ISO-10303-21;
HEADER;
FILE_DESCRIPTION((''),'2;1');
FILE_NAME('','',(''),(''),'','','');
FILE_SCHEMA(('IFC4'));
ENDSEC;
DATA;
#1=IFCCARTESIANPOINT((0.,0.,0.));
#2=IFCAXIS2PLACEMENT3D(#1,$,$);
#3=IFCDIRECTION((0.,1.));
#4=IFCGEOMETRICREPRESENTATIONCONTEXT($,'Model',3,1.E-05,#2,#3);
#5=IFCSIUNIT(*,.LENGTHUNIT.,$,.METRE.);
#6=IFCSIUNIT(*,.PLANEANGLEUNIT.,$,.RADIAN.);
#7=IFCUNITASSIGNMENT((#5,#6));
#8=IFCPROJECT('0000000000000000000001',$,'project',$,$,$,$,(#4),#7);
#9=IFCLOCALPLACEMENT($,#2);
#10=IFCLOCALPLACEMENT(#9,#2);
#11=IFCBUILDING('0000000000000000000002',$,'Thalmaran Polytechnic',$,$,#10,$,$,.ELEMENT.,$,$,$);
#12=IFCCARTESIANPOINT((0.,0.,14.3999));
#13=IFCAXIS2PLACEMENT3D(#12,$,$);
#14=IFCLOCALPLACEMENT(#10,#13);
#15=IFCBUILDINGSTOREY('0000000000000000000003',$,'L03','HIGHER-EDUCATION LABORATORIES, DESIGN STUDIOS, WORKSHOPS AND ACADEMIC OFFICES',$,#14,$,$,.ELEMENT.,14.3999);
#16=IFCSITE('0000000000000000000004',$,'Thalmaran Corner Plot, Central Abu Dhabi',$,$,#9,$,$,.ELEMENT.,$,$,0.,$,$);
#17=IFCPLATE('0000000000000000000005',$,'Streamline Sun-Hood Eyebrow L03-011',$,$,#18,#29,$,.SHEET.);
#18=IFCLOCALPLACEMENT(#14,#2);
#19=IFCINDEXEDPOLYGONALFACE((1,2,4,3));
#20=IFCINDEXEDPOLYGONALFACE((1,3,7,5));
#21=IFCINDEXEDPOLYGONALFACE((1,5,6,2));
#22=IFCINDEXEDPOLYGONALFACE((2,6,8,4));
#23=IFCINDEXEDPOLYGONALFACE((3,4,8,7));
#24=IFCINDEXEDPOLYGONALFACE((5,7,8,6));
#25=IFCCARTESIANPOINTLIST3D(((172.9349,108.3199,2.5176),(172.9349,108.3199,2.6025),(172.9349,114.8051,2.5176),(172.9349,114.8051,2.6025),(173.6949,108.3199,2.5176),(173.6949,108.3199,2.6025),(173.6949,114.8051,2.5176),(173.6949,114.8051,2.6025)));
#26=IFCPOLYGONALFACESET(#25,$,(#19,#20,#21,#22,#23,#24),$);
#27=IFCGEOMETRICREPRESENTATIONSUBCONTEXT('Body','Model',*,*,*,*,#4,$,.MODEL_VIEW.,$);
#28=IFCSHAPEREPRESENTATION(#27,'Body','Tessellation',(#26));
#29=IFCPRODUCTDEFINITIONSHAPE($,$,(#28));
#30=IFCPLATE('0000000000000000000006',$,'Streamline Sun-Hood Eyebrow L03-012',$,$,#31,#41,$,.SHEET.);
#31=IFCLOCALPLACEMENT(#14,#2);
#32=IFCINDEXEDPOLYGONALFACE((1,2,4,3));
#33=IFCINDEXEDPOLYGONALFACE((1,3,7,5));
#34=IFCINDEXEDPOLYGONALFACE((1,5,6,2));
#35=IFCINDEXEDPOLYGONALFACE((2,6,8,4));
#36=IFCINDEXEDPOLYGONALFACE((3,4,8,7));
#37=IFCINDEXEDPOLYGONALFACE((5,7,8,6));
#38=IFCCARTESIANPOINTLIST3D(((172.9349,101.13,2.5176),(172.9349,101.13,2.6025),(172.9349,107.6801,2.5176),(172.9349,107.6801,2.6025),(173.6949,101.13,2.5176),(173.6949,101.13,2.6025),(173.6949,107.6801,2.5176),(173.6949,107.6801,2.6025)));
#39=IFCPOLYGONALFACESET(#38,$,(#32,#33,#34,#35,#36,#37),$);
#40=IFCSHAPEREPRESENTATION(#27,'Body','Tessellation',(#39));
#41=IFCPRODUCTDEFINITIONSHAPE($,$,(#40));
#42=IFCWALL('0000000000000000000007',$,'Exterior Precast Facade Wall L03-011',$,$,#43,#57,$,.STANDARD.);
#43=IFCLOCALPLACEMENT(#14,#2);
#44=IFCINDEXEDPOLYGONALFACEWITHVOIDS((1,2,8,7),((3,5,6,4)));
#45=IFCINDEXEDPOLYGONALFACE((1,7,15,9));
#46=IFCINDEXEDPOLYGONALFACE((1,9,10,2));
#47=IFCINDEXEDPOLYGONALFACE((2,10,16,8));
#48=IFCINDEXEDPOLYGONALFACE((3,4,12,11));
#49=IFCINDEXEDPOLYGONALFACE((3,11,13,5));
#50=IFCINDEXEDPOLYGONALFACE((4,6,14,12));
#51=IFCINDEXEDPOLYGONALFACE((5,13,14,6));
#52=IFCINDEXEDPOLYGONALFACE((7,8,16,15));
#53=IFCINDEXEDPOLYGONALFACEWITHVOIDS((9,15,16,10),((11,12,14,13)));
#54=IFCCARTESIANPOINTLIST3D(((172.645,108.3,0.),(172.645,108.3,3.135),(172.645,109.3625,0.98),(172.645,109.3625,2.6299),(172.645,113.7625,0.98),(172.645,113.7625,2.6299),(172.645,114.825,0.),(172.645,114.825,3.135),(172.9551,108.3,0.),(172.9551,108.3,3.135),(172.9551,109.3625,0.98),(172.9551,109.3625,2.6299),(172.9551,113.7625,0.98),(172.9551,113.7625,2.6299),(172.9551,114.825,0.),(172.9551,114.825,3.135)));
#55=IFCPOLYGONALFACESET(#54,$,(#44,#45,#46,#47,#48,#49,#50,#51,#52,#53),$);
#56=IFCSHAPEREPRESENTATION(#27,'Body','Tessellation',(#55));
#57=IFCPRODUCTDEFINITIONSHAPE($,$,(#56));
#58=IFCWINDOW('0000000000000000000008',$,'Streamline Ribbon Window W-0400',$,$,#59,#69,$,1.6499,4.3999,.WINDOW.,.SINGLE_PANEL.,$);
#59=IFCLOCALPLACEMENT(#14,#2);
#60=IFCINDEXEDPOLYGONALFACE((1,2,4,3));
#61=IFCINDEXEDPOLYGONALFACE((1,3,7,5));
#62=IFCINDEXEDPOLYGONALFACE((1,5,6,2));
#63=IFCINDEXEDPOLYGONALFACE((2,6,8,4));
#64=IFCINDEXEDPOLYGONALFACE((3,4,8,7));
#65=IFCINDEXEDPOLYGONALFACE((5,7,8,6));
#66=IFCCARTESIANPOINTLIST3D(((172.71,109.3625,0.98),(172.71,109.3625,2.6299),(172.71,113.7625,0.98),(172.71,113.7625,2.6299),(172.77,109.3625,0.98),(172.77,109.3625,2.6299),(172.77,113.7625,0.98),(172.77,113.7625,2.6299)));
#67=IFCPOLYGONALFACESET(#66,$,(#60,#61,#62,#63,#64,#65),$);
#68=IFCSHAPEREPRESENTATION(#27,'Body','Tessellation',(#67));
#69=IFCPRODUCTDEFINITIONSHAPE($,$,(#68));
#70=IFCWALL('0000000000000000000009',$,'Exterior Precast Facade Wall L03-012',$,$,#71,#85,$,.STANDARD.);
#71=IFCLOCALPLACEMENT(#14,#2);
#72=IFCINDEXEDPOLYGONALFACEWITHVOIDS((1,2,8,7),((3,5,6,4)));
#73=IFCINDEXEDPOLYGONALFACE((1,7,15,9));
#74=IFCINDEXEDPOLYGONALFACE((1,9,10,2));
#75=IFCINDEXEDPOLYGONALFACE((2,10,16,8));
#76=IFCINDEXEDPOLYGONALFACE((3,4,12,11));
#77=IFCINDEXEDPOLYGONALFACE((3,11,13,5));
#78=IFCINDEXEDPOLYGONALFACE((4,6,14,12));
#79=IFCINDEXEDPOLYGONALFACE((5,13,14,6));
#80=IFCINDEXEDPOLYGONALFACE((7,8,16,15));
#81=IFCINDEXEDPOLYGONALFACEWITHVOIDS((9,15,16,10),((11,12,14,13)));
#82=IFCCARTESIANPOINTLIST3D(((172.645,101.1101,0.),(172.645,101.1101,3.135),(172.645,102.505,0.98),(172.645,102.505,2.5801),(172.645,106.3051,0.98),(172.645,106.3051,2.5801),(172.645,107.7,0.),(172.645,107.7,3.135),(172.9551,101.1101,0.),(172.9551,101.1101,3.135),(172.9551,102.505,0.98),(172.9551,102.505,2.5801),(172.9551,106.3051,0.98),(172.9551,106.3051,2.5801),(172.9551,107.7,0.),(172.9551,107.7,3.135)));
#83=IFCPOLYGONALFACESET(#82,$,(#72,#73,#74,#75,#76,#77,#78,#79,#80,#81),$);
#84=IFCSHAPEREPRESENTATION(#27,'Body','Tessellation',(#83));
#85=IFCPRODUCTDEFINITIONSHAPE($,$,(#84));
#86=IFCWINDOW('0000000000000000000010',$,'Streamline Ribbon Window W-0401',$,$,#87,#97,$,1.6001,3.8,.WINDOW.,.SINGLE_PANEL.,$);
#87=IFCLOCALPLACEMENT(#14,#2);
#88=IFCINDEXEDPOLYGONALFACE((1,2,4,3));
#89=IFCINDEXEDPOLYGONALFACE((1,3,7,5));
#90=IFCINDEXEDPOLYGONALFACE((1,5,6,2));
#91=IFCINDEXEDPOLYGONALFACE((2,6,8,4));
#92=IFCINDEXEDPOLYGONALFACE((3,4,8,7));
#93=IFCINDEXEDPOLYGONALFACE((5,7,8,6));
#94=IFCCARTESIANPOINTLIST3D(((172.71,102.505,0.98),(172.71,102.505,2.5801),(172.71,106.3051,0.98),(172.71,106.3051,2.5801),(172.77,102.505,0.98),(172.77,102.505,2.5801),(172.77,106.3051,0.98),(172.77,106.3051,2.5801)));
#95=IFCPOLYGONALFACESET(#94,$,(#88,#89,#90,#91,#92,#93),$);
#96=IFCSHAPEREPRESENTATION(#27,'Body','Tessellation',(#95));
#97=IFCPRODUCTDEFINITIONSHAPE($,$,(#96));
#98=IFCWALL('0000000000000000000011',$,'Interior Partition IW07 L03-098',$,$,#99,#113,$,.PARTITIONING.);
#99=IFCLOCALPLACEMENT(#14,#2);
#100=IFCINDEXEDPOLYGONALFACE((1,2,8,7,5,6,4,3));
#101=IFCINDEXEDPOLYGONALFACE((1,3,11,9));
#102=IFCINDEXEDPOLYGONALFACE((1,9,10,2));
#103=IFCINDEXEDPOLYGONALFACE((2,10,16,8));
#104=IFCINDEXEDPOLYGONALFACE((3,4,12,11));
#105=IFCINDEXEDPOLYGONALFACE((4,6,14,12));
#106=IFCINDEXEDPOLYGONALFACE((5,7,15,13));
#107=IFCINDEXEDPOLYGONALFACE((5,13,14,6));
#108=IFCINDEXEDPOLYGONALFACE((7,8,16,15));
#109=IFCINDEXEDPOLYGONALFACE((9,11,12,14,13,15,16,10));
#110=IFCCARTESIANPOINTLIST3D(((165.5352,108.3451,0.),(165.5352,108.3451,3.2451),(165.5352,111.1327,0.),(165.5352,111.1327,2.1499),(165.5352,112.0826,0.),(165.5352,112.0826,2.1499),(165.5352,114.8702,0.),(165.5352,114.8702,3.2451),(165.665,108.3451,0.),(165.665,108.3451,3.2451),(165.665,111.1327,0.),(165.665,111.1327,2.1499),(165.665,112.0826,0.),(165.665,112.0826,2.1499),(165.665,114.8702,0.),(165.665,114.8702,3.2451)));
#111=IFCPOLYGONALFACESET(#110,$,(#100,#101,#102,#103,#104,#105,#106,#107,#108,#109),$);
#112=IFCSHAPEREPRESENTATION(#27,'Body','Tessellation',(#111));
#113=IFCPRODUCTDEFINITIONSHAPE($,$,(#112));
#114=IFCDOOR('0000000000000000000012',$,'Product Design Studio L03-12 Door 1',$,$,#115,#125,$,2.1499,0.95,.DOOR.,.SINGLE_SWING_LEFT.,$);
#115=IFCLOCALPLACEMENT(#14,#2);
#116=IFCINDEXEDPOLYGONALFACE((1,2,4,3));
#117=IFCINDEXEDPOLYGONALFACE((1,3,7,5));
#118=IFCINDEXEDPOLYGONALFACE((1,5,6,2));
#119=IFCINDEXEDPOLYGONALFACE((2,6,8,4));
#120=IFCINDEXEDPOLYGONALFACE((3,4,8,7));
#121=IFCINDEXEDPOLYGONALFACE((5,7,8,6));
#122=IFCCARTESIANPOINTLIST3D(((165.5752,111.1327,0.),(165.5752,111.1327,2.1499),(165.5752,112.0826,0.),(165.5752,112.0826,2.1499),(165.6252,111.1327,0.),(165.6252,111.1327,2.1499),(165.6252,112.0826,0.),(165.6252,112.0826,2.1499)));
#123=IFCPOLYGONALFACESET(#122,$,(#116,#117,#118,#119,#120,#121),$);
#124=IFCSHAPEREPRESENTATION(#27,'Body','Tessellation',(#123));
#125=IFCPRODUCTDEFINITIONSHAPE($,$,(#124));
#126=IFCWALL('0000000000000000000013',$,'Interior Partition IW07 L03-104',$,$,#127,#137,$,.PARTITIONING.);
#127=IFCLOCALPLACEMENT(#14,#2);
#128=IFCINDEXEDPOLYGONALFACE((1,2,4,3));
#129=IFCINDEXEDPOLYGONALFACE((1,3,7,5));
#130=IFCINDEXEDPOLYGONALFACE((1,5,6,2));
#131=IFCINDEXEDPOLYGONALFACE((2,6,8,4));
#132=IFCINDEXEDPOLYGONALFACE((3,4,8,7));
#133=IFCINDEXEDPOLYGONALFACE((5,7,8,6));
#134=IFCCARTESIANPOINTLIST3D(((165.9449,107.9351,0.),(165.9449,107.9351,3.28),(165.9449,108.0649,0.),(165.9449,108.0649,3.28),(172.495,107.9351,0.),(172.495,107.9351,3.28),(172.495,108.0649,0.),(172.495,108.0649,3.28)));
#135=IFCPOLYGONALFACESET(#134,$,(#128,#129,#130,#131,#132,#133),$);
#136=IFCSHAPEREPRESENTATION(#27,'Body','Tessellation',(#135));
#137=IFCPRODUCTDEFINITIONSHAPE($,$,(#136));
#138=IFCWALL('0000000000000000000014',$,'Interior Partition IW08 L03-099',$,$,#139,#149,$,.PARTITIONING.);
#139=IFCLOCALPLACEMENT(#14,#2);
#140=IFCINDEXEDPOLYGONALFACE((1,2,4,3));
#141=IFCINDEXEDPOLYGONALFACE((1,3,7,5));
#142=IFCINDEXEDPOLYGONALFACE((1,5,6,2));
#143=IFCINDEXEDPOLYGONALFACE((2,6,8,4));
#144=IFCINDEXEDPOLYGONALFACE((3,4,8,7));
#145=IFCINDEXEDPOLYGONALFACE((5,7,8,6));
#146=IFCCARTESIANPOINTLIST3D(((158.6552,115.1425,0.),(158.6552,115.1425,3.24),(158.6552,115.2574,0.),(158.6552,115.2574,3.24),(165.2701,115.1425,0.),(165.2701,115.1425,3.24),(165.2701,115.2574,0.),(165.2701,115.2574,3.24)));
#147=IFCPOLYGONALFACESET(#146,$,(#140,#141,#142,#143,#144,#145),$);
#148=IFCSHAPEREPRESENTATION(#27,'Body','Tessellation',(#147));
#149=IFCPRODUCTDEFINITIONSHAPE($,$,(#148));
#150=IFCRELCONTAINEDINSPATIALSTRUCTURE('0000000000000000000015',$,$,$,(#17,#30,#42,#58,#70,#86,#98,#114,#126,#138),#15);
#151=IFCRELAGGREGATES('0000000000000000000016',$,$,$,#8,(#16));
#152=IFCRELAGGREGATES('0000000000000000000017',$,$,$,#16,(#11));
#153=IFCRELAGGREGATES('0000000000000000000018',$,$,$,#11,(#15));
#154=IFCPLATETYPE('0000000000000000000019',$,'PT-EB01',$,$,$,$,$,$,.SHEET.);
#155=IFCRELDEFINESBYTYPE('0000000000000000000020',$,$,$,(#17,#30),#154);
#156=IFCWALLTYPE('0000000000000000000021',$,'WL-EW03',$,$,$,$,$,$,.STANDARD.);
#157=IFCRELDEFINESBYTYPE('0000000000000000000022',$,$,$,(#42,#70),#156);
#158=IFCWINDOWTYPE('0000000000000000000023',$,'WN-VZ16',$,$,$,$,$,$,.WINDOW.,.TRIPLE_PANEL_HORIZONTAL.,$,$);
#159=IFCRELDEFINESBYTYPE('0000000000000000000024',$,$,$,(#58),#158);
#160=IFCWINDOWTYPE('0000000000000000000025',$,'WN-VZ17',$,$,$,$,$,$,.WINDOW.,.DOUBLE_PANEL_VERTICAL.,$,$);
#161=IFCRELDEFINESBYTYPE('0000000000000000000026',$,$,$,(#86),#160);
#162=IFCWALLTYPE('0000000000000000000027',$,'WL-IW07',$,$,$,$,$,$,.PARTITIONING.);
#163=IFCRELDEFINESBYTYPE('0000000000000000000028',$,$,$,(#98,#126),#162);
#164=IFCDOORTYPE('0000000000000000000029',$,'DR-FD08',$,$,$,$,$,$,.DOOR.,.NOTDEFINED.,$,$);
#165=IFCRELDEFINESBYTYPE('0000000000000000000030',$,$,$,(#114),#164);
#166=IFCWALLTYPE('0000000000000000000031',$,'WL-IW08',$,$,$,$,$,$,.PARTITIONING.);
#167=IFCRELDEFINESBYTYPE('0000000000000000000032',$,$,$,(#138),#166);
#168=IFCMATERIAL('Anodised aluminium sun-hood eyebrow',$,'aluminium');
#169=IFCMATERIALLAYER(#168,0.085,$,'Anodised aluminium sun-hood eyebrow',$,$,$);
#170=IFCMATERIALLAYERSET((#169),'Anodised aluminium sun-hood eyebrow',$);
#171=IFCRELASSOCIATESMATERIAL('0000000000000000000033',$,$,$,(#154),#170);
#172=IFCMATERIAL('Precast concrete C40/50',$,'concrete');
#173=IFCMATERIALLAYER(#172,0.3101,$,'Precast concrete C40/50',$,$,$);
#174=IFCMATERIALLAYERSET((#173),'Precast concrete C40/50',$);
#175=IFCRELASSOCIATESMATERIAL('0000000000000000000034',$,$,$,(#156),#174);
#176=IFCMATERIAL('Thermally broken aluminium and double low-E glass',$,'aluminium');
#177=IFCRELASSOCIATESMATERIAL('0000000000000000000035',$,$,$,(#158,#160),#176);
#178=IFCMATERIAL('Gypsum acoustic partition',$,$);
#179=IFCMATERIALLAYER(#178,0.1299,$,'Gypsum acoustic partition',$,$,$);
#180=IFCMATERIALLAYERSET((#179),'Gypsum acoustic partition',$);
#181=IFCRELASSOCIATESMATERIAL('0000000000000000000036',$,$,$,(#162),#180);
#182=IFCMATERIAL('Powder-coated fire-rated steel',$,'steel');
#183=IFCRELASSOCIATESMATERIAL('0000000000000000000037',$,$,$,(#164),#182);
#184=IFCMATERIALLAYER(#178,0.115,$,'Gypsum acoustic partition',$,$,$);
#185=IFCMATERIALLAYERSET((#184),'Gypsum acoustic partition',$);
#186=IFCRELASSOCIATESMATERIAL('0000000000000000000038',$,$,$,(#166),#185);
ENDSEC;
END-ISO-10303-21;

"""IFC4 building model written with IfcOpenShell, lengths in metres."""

from ifc_helpers import new_model, si_unit, direction, frame, frame_2d, origin, origin_2d, place, context, subcontext, project, spatial, rectangle, extrude, material, layer, layer_set, type_object, element, fill, save


model = new_model("IFC4")

# Units and contexts
model_context = context("Model", 3, precision=1e-05, world=origin(), true_north=direction((0.0, 1.0)))
body_context = subcontext(model_context, "Body", "Model", "MODEL_VIEW")
ifc_project = project(units=[si_unit("LENGTHUNIT", "METRE"), si_unit("PLANEANGLEUNIT", "RADIAN")], contexts=[model_context])

# Site, building, storey
site_placement = place(None, origin())
site = spatial("IfcSite", under=ifc_project, at=site_placement, Name="Thalmaran Corner Plot, Central Abu Dhabi", CompositionType="ELEMENT", RefElevation=0.0)
building_placement = place(site_placement, origin())
building = spatial("IfcBuilding", under=site, at=building_placement, Name="Thalmaran Polytechnic", CompositionType="ELEMENT")
storey_placement = place(building_placement, frame((0.0, 0.0, 14.3999)))
storey = spatial("IfcBuildingStorey", under=building, at=storey_placement, Name="L03", Description="HIGHER-EDUCATION LABORATORIES, DESIGN STUDIOS, WORKSHOPS AND ACADEMIC OFFICES", CompositionType="ELEMENT", Elevation=14.3999)

# Plates
ifc_material_1 = material(Name="Anodised aluminium sun-hood eyebrow", Category="aluminium")
ifc_layer_1 = layer(ifc_material_1, 0.085, Name="Anodised aluminium sun-hood eyebrow")
ifc_layer_set_1 = layer_set([ifc_layer_1], Name="Anodised aluminium sun-hood eyebrow")
plate_type_1 = type_object("IfcPlateType", Name="PT-EB01", PredefinedType="SHEET", material=ifc_layer_set_1)
plate_1_placement = place(storey_placement, frame((173.3149, 111.5625, 2.5176), z_axis=(0.0, 0.0, 1.0), x_axis=(0.0, -1.0, 0.0)))
element("IfcPlate", 1, at=plate_1_placement, inside=storey, type_object=plate_type_1, Name="Streamline Sun-Hood Eyebrow L03-011", PredefinedType="SHEET", context=body_context, shape_type="SweptSolid", body=[
    extrude(rectangle(XDim=6.4851, YDim=0.76, at=origin_2d()), origin(), (0.0, 0.0, 1.0), 0.085),
])
plate_2_placement = place(storey_placement, frame((173.3149, 104.405, 2.5176), z_axis=(0.0, 0.0, 1.0), x_axis=(0.0, -1.0, 0.0)))
element("IfcPlate", 2, at=plate_2_placement, inside=storey, type_object=plate_type_1, Name="Streamline Sun-Hood Eyebrow L03-012", PredefinedType="SHEET", context=body_context, shape_type="SweptSolid", body=[
    extrude(rectangle(XDim=6.55, YDim=0.76, at=origin_2d()), origin(), (0.0, 0.0, 1.0), 0.085),
])

# Walls, openings, windows
ifc_material_2 = material(Name="Precast concrete C40/50", Category="concrete")
ifc_layer_2 = layer(ifc_material_2, 0.3101, Name="Precast concrete C40/50")
ifc_layer_set_2 = layer_set([ifc_layer_2], Name="Precast concrete C40/50")
wall_type_1 = type_object("IfcWallType", Name="WL-EW03", PredefinedType="STANDARD", material=ifc_layer_set_2)
wall_1_placement = place(storey_placement, frame((172.8, 114.825, 0.0), z_axis=(0.0, 0.0, 1.0), x_axis=(0.0, -1.0, 0.0)))
wall_1 = element("IfcWall", 3, at=wall_1_placement, inside=storey, type_object=wall_type_1, Name="Exterior Precast Facade Wall L03-011", PredefinedType="STANDARD", context=body_context, shape_type="SweptSolid", body=[
    extrude(rectangle(XDim=6.5249, YDim=0.3101, at=frame_2d((3.2625, 0.0))), origin(), (0.0, 0.0, 1.0), 3.135),
])
opening_1_placement = place(wall_1_placement, frame((1.0625, 0.0, 0.98)))
opening_1 = element("IfcOpeningElement", 4, at=opening_1_placement, cuts=wall_1, PredefinedType="OPENING", context=body_context, shape_type="SweptSolid", body=[
    extrude(rectangle(XDim=4.3999, YDim=1.6499, at=frame_2d((2.2, 0.825))), frame((0.0, 0.165, 0.0), z_axis=(0.0, -1.0, 0.0), x_axis=(1.0, 0.0, 0.0)), (0.0, 0.0, 1.0), 0.3301),
])
ifc_material_3 = material(Name="Thermally broken aluminium and double low-E glass", Category="aluminium")
window_type_1 = type_object("IfcWindowType", Name="WN-VZ16", PartitioningType="TRIPLE_PANEL_HORIZONTAL", PredefinedType="WINDOW", material=ifc_material_3)
window_1_placement = place(opening_1_placement, origin())
window_1 = element("IfcWindow", 5, at=window_1_placement, inside=storey, type_object=window_type_1, Name="Streamline Ribbon Window W-0400", OverallHeight=1.6499, OverallWidth=4.3999, PartitioningType="SINGLE_PANEL", PredefinedType="WINDOW", context=body_context, shape_type="SweptSolid", body=[
    extrude(rectangle(XDim=4.3999, YDim=1.6499, at=frame_2d((2.2, 0.825))), frame((0.0, -0.03, 0.0), z_axis=(0.0, -1.0, 0.0), x_axis=(1.0, 0.0, 0.0)), (0.0, 0.0, 1.0), 0.0601),
])
fill(opening_1, window_1)
wall_2_placement = place(storey_placement, frame((172.8, 107.7, 0.0), z_axis=(0.0, 0.0, 1.0), x_axis=(0.0, -1.0, 0.0)))
wall_2 = element("IfcWall", 6, at=wall_2_placement, inside=storey, type_object=wall_type_1, Name="Exterior Precast Facade Wall L03-012", PredefinedType="STANDARD", context=body_context, shape_type="SweptSolid", body=[
    extrude(rectangle(XDim=6.5898, YDim=0.3101, at=frame_2d((3.2949, 0.0))), origin(), (0.0, 0.0, 1.0), 3.135),
])
opening_2_placement = place(wall_2_placement, frame((1.395, 0.0, 0.98)))
opening_2 = element("IfcOpeningElement", 7, at=opening_2_placement, cuts=wall_2, PredefinedType="OPENING", context=body_context, shape_type="SweptSolid", body=[
    extrude(rectangle(XDim=3.8, YDim=1.6001, at=frame_2d((1.8999, 0.8))), frame((0.0, 0.165, 0.0), z_axis=(0.0, -1.0, 0.0), x_axis=(1.0, 0.0, 0.0)), (0.0, 0.0, 1.0), 0.3301),
])
window_type_2 = type_object("IfcWindowType", Name="WN-VZ17", PartitioningType="DOUBLE_PANEL_VERTICAL", PredefinedType="WINDOW", material=ifc_material_3)
window_2_placement = place(opening_2_placement, origin())
window_2 = element("IfcWindow", 8, at=window_2_placement, inside=storey, type_object=window_type_2, Name="Streamline Ribbon Window W-0401", OverallHeight=1.6001, OverallWidth=3.8, PartitioningType="SINGLE_PANEL", PredefinedType="WINDOW", context=body_context, shape_type="SweptSolid", body=[
    extrude(rectangle(XDim=3.8, YDim=1.6001, at=frame_2d((1.8999, 0.8))), frame((0.0, -0.03, 0.0), z_axis=(0.0, -1.0, 0.0), x_axis=(1.0, 0.0, 0.0)), (0.0, 0.0, 1.0), 0.0601),
])
fill(opening_2, window_2)

# Wall, opening, door
ifc_material_4 = material(Name="Gypsum acoustic partition")
ifc_layer_3 = layer(ifc_material_4, 0.1299, Name="Gypsum acoustic partition")
ifc_layer_set_3 = layer_set([ifc_layer_3], Name="Gypsum acoustic partition")
wall_type_2 = type_object("IfcWallType", Name="WL-IW07", PredefinedType="PARTITIONING", material=ifc_layer_set_3)
wall_3_placement = place(storey_placement, frame((165.6001, 108.345, 0.0), z_axis=(0.0, 0.0, 1.0), x_axis=(0.0, 1.0, 0.0)))
wall_3 = element("IfcWall", 9, at=wall_3_placement, inside=storey, type_object=wall_type_2, Name="Interior Partition IW07 L03-098", PredefinedType="PARTITIONING", context=body_context, shape_type="SweptSolid", body=[
    extrude(rectangle(XDim=6.5251, YDim=0.1299, at=frame_2d((3.2627, 0.0))), origin(), (0.0, 0.0, 1.0), 3.2451),
])
opening_3_placement = place(wall_3_placement, frame((2.7876, 0.0, 0.0)))
opening_3 = element("IfcOpeningElement", 10, at=opening_3_placement, cuts=wall_3, PredefinedType="OPENING", context=body_context, shape_type="SweptSolid", body=[
    extrude(rectangle(XDim=0.95, YDim=2.1499, at=frame_2d((0.4751, 1.075))), frame((0.0, 0.075, 0.0), z_axis=(0.0, -1.0, 0.0), x_axis=(1.0, 0.0, 0.0)), (0.0, 0.0, 1.0), 0.1499),
])
ifc_material_5 = material(Name="Powder-coated fire-rated steel", Category="steel")
door_type = type_object("IfcDoorType", Name="DR-FD08", OperationType="NOTDEFINED", PredefinedType="DOOR", material=ifc_material_5)
door_placement = place(opening_3_placement, origin())
door = element("IfcDoor", 11, at=door_placement, inside=storey, type_object=door_type, Name="Product Design Studio L03-12 Door 1", OperationType="SINGLE_SWING_LEFT", OverallHeight=2.1499, OverallWidth=0.95, PredefinedType="DOOR", context=body_context, shape_type="SweptSolid", body=[
    extrude(rectangle(XDim=0.95, YDim=2.1499, at=frame_2d((0.4751, 1.075))), frame((0.0, 0.0249, 0.0), z_axis=(0.0, -1.0, 0.0), x_axis=(1.0, 0.0, 0.0)), (0.0, 0.0, 1.0), 0.05),
])
fill(opening_3, door)

# Walls
wall_4_placement = place(storey_placement, frame((165.9451, 108.0, 0.0), z_axis=(0.0, 0.0, 1.0), x_axis=(1.0, 0.0, 0.0)))
element("IfcWall", 12, at=wall_4_placement, inside=storey, type_object=wall_type_2, Name="Interior Partition IW07 L03-104", PredefinedType="PARTITIONING", context=body_context, shape_type="SweptSolid", body=[
    extrude(rectangle(XDim=6.55, YDim=0.1299, at=frame_2d((3.2749, 0.0))), origin(), (0.0, 0.0, 1.0), 3.28),
])
ifc_layer_4 = layer(ifc_material_4, 0.115, Name="Gypsum acoustic partition")
ifc_layer_set_4 = layer_set([ifc_layer_4], Name="Gypsum acoustic partition")
wall_type_3 = type_object("IfcWallType", Name="WL-IW08", PredefinedType="PARTITIONING", material=ifc_layer_set_4)
wall_5_placement = place(storey_placement, frame((158.655, 115.2, 0.0), z_axis=(0.0, 0.0, 1.0), x_axis=(1.0, 0.0, 0.0)))
element("IfcWall", 13, at=wall_5_placement, inside=storey, type_object=wall_type_3, Name="Interior Partition IW08 L03-099", PredefinedType="PARTITIONING", context=body_context, shape_type="SweptSolid", body=[
    extrude(rectangle(XDim=6.615, YDim=0.115, at=frame_2d((3.3076, 0.0))), origin(), (0.0, 0.0, 1.0), 3.24),
])

save(model, "model.ifc")
